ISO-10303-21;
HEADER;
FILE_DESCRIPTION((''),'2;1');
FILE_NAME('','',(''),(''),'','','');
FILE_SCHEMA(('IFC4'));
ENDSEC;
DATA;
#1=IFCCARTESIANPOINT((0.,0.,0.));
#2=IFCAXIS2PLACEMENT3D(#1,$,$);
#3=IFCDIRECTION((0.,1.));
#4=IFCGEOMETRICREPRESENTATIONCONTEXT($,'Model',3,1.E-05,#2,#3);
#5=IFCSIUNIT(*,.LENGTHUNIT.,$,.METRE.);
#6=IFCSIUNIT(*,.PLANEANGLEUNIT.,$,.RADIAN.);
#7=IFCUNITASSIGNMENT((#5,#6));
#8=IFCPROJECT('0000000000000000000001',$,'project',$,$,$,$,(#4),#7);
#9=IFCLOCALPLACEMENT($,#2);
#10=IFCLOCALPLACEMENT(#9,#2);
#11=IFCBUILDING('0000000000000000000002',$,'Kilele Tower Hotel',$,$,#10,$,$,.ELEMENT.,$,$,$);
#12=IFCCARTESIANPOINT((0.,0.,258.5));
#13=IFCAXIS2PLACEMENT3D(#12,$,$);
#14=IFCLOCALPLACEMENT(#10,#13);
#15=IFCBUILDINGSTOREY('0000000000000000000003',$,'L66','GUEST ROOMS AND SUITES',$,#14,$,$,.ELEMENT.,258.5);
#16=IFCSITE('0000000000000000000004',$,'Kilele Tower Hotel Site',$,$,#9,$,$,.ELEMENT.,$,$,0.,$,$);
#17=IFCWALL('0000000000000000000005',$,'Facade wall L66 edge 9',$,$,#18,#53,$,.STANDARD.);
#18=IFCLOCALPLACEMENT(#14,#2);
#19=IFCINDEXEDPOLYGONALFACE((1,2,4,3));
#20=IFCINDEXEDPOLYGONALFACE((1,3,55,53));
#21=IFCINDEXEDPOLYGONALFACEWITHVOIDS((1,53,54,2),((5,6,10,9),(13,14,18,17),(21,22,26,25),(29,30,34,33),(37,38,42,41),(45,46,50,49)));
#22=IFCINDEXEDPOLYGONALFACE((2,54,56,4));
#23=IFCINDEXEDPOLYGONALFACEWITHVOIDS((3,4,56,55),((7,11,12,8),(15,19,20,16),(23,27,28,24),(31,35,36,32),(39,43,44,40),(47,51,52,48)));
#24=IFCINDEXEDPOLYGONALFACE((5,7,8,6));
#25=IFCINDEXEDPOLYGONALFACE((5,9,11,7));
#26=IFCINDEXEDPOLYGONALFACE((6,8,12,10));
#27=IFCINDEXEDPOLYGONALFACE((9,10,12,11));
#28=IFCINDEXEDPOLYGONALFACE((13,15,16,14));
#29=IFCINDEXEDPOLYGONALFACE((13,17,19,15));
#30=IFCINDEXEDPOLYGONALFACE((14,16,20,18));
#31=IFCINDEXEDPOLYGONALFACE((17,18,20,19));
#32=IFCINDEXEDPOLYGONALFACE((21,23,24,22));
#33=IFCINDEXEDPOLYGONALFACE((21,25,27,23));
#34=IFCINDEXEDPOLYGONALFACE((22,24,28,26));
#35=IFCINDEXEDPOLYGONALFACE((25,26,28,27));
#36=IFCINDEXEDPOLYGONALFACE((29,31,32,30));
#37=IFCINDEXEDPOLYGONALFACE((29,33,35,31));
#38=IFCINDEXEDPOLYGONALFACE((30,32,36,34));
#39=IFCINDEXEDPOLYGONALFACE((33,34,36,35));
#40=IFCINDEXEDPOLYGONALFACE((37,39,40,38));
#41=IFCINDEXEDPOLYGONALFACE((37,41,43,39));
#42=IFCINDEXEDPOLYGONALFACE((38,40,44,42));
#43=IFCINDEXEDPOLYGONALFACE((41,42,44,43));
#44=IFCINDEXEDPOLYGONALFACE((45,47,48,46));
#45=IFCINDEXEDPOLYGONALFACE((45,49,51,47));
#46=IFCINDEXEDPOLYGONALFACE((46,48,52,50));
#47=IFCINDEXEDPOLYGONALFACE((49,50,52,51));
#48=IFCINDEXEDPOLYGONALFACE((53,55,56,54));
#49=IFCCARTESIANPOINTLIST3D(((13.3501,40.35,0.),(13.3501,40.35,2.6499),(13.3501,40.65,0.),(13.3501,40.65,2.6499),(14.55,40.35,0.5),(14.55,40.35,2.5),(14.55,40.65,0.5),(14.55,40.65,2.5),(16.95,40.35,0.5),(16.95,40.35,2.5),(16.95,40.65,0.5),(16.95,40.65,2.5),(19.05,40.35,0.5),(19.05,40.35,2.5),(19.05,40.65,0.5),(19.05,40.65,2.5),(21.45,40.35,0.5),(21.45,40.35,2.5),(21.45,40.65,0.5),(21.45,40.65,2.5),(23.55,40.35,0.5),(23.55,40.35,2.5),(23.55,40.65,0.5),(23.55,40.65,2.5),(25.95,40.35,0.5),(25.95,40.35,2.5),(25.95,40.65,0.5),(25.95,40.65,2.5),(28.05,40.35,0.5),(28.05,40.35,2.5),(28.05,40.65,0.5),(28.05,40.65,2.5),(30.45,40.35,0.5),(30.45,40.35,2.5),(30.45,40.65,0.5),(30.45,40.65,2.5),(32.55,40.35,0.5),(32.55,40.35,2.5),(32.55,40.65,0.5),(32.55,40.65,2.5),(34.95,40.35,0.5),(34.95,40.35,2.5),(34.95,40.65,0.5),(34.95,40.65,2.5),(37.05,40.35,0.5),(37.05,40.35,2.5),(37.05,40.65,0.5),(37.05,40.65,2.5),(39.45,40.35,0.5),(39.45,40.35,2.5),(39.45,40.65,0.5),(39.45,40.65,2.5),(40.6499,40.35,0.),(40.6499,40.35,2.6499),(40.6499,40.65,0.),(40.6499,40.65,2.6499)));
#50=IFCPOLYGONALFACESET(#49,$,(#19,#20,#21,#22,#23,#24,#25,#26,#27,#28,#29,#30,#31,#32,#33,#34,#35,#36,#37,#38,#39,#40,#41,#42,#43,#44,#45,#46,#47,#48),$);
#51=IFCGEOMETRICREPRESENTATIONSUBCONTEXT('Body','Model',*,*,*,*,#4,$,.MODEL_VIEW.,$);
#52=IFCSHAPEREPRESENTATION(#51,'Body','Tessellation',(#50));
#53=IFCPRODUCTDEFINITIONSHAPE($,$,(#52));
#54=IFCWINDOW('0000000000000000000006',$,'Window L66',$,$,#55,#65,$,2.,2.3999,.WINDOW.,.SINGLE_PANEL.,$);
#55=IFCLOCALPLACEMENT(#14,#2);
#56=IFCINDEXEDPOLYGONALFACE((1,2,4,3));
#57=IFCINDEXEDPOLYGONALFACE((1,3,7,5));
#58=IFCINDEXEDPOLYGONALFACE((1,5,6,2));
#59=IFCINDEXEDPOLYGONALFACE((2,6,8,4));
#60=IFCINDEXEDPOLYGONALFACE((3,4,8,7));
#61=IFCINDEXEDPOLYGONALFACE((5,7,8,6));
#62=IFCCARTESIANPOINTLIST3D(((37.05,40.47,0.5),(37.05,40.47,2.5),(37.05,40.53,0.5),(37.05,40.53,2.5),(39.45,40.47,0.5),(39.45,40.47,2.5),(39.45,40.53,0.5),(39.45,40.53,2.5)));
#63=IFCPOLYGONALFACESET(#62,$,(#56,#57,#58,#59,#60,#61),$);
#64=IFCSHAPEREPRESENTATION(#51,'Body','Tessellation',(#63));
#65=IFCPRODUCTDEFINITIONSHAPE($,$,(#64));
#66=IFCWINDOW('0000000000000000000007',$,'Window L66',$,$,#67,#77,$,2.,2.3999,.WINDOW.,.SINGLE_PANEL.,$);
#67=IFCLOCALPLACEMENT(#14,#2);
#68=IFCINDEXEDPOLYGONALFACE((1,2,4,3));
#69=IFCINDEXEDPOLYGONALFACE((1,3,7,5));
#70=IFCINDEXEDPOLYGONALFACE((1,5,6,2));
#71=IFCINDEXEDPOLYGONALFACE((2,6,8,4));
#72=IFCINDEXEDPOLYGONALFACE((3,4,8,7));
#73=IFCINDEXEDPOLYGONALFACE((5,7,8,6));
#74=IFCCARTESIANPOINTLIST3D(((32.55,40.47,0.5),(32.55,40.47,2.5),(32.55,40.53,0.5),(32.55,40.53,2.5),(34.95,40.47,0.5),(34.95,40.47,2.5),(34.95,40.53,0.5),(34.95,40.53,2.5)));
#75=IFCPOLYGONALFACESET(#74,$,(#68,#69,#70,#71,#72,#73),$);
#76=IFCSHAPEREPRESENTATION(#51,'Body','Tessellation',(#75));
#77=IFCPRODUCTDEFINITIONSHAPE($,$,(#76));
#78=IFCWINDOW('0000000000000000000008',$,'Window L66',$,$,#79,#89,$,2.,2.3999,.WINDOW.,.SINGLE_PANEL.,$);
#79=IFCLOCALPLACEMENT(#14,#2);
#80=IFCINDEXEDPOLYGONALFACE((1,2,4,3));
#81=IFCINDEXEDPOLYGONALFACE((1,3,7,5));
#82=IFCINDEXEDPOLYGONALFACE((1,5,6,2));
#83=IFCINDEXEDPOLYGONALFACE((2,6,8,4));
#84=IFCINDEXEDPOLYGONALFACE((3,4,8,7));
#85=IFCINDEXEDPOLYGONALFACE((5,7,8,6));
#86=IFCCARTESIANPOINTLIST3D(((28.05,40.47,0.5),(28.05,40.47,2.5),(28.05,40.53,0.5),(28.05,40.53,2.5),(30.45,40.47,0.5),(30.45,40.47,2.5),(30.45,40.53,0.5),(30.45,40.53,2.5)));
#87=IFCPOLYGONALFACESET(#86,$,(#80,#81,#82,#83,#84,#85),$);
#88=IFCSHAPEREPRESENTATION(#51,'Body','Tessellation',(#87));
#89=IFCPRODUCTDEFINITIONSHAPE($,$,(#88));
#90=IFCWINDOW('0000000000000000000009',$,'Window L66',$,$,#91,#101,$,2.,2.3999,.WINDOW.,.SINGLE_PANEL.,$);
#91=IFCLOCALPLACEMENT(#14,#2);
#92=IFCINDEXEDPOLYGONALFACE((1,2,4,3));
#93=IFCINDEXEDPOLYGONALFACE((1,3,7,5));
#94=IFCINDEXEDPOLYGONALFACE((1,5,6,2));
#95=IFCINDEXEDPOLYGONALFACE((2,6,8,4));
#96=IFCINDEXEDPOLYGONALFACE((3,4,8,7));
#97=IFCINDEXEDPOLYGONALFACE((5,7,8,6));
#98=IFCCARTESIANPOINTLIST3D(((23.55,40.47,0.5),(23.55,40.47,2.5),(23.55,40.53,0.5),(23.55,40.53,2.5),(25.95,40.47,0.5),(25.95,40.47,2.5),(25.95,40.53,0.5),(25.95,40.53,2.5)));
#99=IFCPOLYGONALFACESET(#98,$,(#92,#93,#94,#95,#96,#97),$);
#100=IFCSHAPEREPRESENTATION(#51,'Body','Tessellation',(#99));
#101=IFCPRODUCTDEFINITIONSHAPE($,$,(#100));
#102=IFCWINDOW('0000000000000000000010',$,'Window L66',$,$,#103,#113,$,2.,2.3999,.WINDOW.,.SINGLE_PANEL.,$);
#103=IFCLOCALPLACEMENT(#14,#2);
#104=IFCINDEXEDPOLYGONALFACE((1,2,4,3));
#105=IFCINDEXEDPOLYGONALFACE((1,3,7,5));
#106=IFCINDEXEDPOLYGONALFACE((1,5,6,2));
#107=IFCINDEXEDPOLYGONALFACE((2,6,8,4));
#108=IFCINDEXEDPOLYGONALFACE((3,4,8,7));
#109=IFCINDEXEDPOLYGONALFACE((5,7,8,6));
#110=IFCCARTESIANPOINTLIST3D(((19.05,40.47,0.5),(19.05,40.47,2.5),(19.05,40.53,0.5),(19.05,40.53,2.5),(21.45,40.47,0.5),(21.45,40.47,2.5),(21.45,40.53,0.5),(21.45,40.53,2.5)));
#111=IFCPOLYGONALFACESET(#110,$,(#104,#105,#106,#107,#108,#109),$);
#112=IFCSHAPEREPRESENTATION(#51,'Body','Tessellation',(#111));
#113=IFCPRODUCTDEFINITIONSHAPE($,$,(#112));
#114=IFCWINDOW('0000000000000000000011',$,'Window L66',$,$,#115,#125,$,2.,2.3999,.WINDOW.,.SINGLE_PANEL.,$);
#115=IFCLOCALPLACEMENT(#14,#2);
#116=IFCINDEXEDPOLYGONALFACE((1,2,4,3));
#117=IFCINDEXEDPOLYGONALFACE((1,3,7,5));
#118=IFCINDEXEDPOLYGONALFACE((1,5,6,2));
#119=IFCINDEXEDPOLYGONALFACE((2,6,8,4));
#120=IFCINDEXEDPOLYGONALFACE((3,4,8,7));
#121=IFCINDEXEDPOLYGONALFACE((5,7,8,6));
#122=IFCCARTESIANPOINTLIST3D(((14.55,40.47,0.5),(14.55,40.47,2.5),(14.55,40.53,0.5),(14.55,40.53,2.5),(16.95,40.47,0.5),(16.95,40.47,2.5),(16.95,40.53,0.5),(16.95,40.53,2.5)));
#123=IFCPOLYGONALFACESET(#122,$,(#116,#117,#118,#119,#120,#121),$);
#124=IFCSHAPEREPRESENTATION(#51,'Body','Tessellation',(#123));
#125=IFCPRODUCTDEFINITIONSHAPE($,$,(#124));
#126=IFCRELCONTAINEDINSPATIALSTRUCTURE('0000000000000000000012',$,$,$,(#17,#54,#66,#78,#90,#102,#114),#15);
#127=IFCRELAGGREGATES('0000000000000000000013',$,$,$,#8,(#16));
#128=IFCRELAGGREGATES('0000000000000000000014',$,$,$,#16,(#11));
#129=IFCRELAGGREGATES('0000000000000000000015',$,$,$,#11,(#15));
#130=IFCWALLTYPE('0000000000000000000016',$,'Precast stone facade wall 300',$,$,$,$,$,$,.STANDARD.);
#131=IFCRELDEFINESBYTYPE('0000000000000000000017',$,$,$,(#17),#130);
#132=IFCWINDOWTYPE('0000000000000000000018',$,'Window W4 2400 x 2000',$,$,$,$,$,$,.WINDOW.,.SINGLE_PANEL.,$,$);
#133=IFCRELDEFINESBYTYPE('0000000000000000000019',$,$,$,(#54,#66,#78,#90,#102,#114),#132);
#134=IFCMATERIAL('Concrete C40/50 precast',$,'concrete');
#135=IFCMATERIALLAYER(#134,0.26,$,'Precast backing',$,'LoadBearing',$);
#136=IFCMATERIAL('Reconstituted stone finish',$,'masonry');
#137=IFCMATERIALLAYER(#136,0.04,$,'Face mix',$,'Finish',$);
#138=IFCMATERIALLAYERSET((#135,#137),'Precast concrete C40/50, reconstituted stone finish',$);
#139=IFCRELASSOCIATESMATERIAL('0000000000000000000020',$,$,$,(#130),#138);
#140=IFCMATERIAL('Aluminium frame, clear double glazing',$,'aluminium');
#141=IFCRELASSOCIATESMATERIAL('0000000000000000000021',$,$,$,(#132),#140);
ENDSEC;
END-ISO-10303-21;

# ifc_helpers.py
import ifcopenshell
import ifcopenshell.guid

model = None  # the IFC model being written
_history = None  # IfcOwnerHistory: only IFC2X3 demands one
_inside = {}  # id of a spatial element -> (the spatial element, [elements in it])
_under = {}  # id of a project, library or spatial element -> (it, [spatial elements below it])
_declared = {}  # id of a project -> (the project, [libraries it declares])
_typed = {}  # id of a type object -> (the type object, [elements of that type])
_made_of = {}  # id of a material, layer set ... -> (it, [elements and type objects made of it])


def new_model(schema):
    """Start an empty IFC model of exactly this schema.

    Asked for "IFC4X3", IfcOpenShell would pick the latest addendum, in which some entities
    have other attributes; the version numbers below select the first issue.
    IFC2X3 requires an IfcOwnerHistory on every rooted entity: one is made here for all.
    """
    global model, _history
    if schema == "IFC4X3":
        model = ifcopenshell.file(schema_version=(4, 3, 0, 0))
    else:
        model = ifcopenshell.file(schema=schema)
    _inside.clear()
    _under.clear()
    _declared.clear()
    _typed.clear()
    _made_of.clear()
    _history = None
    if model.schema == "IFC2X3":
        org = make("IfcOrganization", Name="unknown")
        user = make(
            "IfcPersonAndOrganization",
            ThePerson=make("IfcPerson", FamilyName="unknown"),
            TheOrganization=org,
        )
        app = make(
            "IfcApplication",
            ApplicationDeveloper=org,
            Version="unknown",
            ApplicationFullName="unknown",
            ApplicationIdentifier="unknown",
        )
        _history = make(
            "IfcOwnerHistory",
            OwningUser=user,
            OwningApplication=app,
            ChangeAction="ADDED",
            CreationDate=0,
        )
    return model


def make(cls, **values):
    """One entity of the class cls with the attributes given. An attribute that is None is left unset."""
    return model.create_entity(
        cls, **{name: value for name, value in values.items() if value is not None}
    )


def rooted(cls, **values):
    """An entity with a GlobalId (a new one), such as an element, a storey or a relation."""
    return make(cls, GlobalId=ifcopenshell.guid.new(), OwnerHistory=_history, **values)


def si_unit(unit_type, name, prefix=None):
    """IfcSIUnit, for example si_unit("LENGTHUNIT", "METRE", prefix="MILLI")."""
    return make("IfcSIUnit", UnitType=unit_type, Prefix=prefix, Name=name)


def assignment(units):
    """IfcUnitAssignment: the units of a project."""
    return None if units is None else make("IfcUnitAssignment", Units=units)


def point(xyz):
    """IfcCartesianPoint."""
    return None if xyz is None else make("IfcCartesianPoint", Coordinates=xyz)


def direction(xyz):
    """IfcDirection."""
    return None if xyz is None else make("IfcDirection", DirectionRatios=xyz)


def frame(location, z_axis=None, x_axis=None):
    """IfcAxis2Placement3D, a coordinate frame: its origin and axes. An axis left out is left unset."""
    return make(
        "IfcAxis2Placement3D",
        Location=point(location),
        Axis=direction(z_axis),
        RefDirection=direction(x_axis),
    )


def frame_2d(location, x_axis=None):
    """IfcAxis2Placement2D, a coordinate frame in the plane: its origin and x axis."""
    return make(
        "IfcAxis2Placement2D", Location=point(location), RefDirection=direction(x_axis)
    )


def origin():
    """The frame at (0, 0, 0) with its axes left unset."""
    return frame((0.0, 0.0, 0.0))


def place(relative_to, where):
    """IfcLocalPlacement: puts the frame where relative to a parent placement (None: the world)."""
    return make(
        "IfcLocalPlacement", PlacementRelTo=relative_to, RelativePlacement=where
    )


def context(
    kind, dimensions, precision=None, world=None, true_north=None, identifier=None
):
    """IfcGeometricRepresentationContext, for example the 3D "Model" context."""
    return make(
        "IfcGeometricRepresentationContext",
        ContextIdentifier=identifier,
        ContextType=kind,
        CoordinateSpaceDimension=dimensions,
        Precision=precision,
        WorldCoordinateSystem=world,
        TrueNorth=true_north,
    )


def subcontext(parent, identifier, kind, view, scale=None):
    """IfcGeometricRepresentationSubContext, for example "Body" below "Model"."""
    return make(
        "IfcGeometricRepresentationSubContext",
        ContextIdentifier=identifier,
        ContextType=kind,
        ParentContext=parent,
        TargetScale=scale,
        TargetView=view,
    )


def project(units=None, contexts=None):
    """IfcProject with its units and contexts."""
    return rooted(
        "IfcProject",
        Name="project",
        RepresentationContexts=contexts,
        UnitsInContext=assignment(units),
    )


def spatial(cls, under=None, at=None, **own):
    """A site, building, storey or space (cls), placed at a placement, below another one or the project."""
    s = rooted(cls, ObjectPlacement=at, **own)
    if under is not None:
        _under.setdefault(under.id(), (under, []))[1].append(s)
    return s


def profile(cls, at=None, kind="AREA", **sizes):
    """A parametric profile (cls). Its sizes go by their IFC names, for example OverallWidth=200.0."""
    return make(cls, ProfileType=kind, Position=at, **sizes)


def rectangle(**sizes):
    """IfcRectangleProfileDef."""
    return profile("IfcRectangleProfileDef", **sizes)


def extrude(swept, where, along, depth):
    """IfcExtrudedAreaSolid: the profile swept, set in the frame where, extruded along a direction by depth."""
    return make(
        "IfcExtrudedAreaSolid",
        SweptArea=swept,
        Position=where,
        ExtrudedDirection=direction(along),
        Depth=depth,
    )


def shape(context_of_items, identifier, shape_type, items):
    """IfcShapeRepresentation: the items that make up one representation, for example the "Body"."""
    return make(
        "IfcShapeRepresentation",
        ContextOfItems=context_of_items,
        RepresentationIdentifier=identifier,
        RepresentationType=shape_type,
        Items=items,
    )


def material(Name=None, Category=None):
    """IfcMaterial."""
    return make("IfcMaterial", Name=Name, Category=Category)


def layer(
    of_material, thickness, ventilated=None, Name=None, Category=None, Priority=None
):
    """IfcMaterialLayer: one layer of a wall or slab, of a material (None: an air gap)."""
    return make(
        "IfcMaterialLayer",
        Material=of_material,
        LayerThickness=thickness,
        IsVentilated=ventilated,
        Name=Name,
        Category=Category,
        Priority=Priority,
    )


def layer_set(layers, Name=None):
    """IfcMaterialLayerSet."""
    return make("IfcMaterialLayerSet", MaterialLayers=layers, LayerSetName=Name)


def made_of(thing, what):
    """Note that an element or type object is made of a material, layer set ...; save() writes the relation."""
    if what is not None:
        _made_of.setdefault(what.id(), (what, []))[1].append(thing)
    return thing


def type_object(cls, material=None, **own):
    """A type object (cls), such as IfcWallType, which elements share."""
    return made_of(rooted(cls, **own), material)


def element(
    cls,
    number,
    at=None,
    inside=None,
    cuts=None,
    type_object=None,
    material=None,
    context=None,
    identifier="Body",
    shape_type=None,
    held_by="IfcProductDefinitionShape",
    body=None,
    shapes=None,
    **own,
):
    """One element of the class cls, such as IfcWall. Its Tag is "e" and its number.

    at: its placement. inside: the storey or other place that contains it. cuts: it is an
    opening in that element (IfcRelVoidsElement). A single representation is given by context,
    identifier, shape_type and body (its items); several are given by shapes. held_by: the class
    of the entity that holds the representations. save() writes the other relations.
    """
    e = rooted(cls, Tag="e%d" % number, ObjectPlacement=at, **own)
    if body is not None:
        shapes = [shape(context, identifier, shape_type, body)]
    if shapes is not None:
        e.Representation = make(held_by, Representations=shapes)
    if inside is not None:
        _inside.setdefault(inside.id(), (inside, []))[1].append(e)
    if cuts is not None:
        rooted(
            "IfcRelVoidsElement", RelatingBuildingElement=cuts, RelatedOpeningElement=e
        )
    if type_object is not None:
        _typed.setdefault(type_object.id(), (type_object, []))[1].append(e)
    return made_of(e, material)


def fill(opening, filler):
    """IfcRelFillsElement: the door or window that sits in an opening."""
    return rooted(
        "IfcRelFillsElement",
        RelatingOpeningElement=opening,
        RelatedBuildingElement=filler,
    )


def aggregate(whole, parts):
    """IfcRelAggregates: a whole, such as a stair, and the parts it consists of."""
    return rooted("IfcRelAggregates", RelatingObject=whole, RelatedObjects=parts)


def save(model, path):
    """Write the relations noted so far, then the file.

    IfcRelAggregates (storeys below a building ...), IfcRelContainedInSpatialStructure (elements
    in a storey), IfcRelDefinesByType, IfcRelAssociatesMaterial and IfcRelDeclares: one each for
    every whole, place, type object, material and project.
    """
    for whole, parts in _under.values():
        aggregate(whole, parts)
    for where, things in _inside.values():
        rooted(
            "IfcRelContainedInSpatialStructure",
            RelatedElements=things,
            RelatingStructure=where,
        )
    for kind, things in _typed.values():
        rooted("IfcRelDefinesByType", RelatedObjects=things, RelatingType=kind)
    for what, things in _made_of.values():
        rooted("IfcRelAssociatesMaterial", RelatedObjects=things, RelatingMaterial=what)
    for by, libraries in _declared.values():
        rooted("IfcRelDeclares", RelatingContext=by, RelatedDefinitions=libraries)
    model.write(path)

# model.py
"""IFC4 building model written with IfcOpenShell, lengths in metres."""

from ifc_helpers import new_model, si_unit, direction, frame, frame_2d, origin, place, context, subcontext, project, spatial, rectangle, extrude, material, layer, layer_set, type_object, element, fill, save


model = new_model("IFC4")

# Units and contexts
model_context = context("Model", 3, precision=1e-05, world=origin(), true_north=direction((0.0, 1.0)))
body_context = subcontext(model_context, "Body", "Model", "MODEL_VIEW")
ifc_project = project(units=[si_unit("LENGTHUNIT", "METRE"), si_unit("PLANEANGLEUNIT", "RADIAN")], contexts=[model_context])

# Site, building, storey
site_placement = place(None, origin())
site = spatial("IfcSite", under=ifc_project, at=site_placement, Name="Kilele Tower Hotel Site", CompositionType="ELEMENT", RefElevation=0.0)
building_placement = place(site_placement, origin())
building = spatial("IfcBuilding", under=site, at=building_placement, Name="Kilele Tower Hotel", CompositionType="ELEMENT")
storey_placement = place(building_placement, frame((0.0, 0.0, 258.5)))
storey = spatial("IfcBuildingStorey", under=building, at=storey_placement, Name="L66", Description="GUEST ROOMS AND SUITES", CompositionType="ELEMENT", Elevation=258.5)

# Shared definitions
ifc_material_1 = material(Name="Concrete C40/50 precast", Category="concrete")
ifc_layer_1 = layer(ifc_material_1, 0.26, Name="Precast backing", Category="LoadBearing")
ifc_material_2 = material(Name="Reconstituted stone finish", Category="masonry")
ifc_layer_2 = layer(ifc_material_2, 0.04, Name="Face mix", Category="Finish")
ifc_layer_set = layer_set([ifc_layer_1, ifc_layer_2], Name="Precast concrete C40/50, reconstituted stone finish")
wall_type = type_object("IfcWallType", Name="Precast stone facade wall 300", PredefinedType="STANDARD", material=ifc_layer_set)
ifc_material_3 = material(Name="Aluminium frame, clear double glazing", Category="aluminium")
window_type = type_object("IfcWindowType", Name="Window W4 2400 x 2000", PartitioningType="SINGLE_PANEL", PredefinedType="WINDOW", material=ifc_material_3)

# Wall, openings, windows
wall_1_placement = place(storey_placement, frame((40.6499, 40.5, 0.0), z_axis=(0.0, 0.0, 1.0), x_axis=(-1.0, 0.0, 0.0)))
wall_1 = element("IfcWall", 1, at=wall_1_placement, inside=storey, type_object=wall_type, Name="Facade wall L66 edge 9", PredefinedType="STANDARD", context=body_context, shape_type="SweptSolid", body=[
    extrude(rectangle(XDim=27.2998, YDim=0.3, at=frame_2d((13.6499, 0.0))), origin(), (0.0, 0.0, 1.0), 2.6499),
])
opening_1_placement = place(wall_1_placement, frame((1.2, 0.0, 0.5)))
opening_1 = element("IfcOpeningElement", 2, at=opening_1_placement, cuts=wall_1, PredefinedType="OPENING", context=body_context, shape_type="SweptSolid", body=[
    extrude(rectangle(XDim=2.3999, YDim=2.0, at=frame_2d((1.2, 1.0))), frame((0.0, 0.1599, 0.0), z_axis=(0.0, -1.0, 0.0), x_axis=(1.0, 0.0, 0.0)), (0.0, 0.0, 1.0), 0.3201),
])
opening_2_placement = place(wall_1_placement, frame((5.7, 0.0, 0.5)))
opening_2 = element("IfcOpeningElement", 3, at=opening_2_placement, cuts=wall_1, PredefinedType="OPENING", context=body_context, shape_type="SweptSolid", body=[
    extrude(rectangle(XDim=2.3999, YDim=2.0, at=frame_2d((1.2, 1.0))), frame((0.0, 0.1599, 0.0), z_axis=(0.0, -1.0, 0.0), x_axis=(1.0, 0.0, 0.0)), (0.0, 0.0, 1.0), 0.3201),
])
opening_3_placement = place(wall_1_placement, frame((10.2, 0.0, 0.5)))
opening_3 = element("IfcOpeningElement", 4, at=opening_3_placement, cuts=wall_1, PredefinedType="OPENING", context=body_context, shape_type="SweptSolid", body=[
    extrude(rectangle(XDim=2.3999, YDim=2.0, at=frame_2d((1.2, 1.0))), frame((0.0, 0.1599, 0.0), z_axis=(0.0, -1.0, 0.0), x_axis=(1.0, 0.0, 0.0)), (0.0, 0.0, 1.0), 0.3201),
])
opening_4_placement = place(wall_1_placement, frame((14.7, 0.0, 0.5)))
opening_4 = element("IfcOpeningElement", 5, at=opening_4_placement, cuts=wall_1, PredefinedType="OPENING", context=body_context, shape_type="SweptSolid", body=[
    extrude(rectangle(XDim=2.3999, YDim=2.0, at=frame_2d((1.2, 1.0))), frame((0.0, 0.1599, 0.0), z_axis=(0.0, -1.0, 0.0), x_axis=(1.0, 0.0, 0.0)), (0.0, 0.0, 1.0), 0.3201),
])
opening_5_placement = place(wall_1_placement, frame((19.2, 0.0, 0.5)))
opening_5 = element("IfcOpeningElement", 6, at=opening_5_placement, cuts=wall_1, PredefinedType="OPENING", context=body_context, shape_type="SweptSolid", body=[
    extrude(rectangle(XDim=2.3999, YDim=2.0, at=frame_2d((1.2, 1.0))), frame((0.0, 0.1599, 0.0), z_axis=(0.0, -1.0, 0.0), x_axis=(1.0, 0.0, 0.0)), (0.0, 0.0, 1.0), 0.3201),
])
opening_6_placement = place(wall_1_placement, frame((23.7, 0.0, 0.5)))
opening_6 = element("IfcOpeningElement", 7, at=opening_6_placement, cuts=wall_1, PredefinedType="OPENING", context=body_context, shape_type="SweptSolid", body=[
    extrude(rectangle(XDim=2.3999, YDim=2.0, at=frame_2d((1.2, 1.0))), frame((0.0, 0.1599, 0.0), z_axis=(0.0, -1.0, 0.0), x_axis=(1.0, 0.0, 0.0)), (0.0, 0.0, 1.0), 0.3201),
])
window_1_placement = place(opening_1_placement, origin())
window_1 = element("IfcWindow", 8, at=window_1_placement, inside=storey, type_object=window_type, Name="Window L66", OverallHeight=2.0, OverallWidth=2.3999, PartitioningType="SINGLE_PANEL", PredefinedType="WINDOW", context=body_context, shape_type="SweptSolid", body=[
    extrude(rectangle(XDim=2.3999, YDim=2.0, at=frame_2d((1.2, 1.0))), frame((0.0, 0.03, 0.0), z_axis=(0.0, -1.0, 0.0), x_axis=(1.0, 0.0, 0.0)), (0.0, 0.0, 1.0), 0.0601),
])
fill(opening_1, window_1)
window_2_placement = place(opening_2_placement, origin())
window_2 = element("IfcWindow", 9, at=window_2_placement, inside=storey, type_object=window_type, Name="Window L66", OverallHeight=2.0, OverallWidth=2.3999, PartitioningType="SINGLE_PANEL", PredefinedType="WINDOW", context=body_context, shape_type="SweptSolid", body=[
    extrude(rectangle(XDim=2.3999, YDim=2.0, at=frame_2d((1.2, 1.0))), frame((0.0, 0.03, 0.0), z_axis=(0.0, -1.0, 0.0), x_axis=(1.0, 0.0, 0.0)), (0.0, 0.0, 1.0), 0.0601),
])
fill(opening_2, window_2)
window_3_placement = place(opening_3_placement, origin())
window_3 = element("IfcWindow", 10, at=window_3_placement, inside=storey, type_object=window_type, Name="Window L66", OverallHeight=2.0, OverallWidth=2.3999, PartitioningType="SINGLE_PANEL", PredefinedType="WINDOW", context=body_context, shape_type="SweptSolid", body=[
    extrude(rectangle(XDim=2.3999, YDim=2.0, at=frame_2d((1.2, 1.0))), frame((0.0, 0.03, 0.0), z_axis=(0.0, -1.0, 0.0), x_axis=(1.0, 0.0, 0.0)), (0.0, 0.0, 1.0), 0.0601),
])
fill(opening_3, window_3)
window_4_placement = place(opening_4_placement, origin())
window_4 = element("IfcWindow", 11, at=window_4_placement, inside=storey, type_object=window_type, Name="Window L66", OverallHeight=2.0, OverallWidth=2.3999, PartitioningType="SINGLE_PANEL", PredefinedType="WINDOW", context=body_context, shape_type="SweptSolid", body=[
    extrude(rectangle(XDim=2.3999, YDim=2.0, at=frame_2d((1.2, 1.0))), frame((0.0, 0.03, 0.0), z_axis=(0.0, -1.0, 0.0), x_axis=(1.0, 0.0, 0.0)), (0.0, 0.0, 1.0), 0.0601),
])
fill(opening_4, window_4)
window_5_placement = place(opening_5_placement, origin())
window_5 = element("IfcWindow", 12, at=window_5_placement, inside=storey, type_object=window_type, Name="Window L66", OverallHeight=2.0, OverallWidth=2.3999, PartitioningType="SINGLE_PANEL", PredefinedType="WINDOW", context=body_context, shape_type="SweptSolid", body=[
    extrude(rectangle(XDim=2.3999, YDim=2.0, at=frame_2d((1.2, 1.0))), frame((0.0, 0.03, 0.0), z_axis=(0.0, -1.0, 0.0), x_axis=(1.0, 0.0, 0.0)), (0.0, 0.0, 1.0), 0.0601),
])
fill(opening_5, window_5)
window_6_placement = place(opening_6_placement, origin())
window_6 = element("IfcWindow", 13, at=window_6_placement, inside=storey, type_object=window_type, Name="Window L66", OverallHeight=2.0, OverallWidth=2.3999, PartitioningType="SINGLE_PANEL", PredefinedType="WINDOW", context=body_context, shape_type="SweptSolid", body=[
    extrude(rectangle(XDim=2.3999, YDim=2.0, at=frame_2d((1.2, 1.0))), frame((0.0, 0.03, 0.0), z_axis=(0.0, -1.0, 0.0), x_axis=(1.0, 0.0, 0.0)), (0.0, 0.0, 1.0), 0.0601),
])
fill(opening_6, window_6)

save(model, "model.ifc")
